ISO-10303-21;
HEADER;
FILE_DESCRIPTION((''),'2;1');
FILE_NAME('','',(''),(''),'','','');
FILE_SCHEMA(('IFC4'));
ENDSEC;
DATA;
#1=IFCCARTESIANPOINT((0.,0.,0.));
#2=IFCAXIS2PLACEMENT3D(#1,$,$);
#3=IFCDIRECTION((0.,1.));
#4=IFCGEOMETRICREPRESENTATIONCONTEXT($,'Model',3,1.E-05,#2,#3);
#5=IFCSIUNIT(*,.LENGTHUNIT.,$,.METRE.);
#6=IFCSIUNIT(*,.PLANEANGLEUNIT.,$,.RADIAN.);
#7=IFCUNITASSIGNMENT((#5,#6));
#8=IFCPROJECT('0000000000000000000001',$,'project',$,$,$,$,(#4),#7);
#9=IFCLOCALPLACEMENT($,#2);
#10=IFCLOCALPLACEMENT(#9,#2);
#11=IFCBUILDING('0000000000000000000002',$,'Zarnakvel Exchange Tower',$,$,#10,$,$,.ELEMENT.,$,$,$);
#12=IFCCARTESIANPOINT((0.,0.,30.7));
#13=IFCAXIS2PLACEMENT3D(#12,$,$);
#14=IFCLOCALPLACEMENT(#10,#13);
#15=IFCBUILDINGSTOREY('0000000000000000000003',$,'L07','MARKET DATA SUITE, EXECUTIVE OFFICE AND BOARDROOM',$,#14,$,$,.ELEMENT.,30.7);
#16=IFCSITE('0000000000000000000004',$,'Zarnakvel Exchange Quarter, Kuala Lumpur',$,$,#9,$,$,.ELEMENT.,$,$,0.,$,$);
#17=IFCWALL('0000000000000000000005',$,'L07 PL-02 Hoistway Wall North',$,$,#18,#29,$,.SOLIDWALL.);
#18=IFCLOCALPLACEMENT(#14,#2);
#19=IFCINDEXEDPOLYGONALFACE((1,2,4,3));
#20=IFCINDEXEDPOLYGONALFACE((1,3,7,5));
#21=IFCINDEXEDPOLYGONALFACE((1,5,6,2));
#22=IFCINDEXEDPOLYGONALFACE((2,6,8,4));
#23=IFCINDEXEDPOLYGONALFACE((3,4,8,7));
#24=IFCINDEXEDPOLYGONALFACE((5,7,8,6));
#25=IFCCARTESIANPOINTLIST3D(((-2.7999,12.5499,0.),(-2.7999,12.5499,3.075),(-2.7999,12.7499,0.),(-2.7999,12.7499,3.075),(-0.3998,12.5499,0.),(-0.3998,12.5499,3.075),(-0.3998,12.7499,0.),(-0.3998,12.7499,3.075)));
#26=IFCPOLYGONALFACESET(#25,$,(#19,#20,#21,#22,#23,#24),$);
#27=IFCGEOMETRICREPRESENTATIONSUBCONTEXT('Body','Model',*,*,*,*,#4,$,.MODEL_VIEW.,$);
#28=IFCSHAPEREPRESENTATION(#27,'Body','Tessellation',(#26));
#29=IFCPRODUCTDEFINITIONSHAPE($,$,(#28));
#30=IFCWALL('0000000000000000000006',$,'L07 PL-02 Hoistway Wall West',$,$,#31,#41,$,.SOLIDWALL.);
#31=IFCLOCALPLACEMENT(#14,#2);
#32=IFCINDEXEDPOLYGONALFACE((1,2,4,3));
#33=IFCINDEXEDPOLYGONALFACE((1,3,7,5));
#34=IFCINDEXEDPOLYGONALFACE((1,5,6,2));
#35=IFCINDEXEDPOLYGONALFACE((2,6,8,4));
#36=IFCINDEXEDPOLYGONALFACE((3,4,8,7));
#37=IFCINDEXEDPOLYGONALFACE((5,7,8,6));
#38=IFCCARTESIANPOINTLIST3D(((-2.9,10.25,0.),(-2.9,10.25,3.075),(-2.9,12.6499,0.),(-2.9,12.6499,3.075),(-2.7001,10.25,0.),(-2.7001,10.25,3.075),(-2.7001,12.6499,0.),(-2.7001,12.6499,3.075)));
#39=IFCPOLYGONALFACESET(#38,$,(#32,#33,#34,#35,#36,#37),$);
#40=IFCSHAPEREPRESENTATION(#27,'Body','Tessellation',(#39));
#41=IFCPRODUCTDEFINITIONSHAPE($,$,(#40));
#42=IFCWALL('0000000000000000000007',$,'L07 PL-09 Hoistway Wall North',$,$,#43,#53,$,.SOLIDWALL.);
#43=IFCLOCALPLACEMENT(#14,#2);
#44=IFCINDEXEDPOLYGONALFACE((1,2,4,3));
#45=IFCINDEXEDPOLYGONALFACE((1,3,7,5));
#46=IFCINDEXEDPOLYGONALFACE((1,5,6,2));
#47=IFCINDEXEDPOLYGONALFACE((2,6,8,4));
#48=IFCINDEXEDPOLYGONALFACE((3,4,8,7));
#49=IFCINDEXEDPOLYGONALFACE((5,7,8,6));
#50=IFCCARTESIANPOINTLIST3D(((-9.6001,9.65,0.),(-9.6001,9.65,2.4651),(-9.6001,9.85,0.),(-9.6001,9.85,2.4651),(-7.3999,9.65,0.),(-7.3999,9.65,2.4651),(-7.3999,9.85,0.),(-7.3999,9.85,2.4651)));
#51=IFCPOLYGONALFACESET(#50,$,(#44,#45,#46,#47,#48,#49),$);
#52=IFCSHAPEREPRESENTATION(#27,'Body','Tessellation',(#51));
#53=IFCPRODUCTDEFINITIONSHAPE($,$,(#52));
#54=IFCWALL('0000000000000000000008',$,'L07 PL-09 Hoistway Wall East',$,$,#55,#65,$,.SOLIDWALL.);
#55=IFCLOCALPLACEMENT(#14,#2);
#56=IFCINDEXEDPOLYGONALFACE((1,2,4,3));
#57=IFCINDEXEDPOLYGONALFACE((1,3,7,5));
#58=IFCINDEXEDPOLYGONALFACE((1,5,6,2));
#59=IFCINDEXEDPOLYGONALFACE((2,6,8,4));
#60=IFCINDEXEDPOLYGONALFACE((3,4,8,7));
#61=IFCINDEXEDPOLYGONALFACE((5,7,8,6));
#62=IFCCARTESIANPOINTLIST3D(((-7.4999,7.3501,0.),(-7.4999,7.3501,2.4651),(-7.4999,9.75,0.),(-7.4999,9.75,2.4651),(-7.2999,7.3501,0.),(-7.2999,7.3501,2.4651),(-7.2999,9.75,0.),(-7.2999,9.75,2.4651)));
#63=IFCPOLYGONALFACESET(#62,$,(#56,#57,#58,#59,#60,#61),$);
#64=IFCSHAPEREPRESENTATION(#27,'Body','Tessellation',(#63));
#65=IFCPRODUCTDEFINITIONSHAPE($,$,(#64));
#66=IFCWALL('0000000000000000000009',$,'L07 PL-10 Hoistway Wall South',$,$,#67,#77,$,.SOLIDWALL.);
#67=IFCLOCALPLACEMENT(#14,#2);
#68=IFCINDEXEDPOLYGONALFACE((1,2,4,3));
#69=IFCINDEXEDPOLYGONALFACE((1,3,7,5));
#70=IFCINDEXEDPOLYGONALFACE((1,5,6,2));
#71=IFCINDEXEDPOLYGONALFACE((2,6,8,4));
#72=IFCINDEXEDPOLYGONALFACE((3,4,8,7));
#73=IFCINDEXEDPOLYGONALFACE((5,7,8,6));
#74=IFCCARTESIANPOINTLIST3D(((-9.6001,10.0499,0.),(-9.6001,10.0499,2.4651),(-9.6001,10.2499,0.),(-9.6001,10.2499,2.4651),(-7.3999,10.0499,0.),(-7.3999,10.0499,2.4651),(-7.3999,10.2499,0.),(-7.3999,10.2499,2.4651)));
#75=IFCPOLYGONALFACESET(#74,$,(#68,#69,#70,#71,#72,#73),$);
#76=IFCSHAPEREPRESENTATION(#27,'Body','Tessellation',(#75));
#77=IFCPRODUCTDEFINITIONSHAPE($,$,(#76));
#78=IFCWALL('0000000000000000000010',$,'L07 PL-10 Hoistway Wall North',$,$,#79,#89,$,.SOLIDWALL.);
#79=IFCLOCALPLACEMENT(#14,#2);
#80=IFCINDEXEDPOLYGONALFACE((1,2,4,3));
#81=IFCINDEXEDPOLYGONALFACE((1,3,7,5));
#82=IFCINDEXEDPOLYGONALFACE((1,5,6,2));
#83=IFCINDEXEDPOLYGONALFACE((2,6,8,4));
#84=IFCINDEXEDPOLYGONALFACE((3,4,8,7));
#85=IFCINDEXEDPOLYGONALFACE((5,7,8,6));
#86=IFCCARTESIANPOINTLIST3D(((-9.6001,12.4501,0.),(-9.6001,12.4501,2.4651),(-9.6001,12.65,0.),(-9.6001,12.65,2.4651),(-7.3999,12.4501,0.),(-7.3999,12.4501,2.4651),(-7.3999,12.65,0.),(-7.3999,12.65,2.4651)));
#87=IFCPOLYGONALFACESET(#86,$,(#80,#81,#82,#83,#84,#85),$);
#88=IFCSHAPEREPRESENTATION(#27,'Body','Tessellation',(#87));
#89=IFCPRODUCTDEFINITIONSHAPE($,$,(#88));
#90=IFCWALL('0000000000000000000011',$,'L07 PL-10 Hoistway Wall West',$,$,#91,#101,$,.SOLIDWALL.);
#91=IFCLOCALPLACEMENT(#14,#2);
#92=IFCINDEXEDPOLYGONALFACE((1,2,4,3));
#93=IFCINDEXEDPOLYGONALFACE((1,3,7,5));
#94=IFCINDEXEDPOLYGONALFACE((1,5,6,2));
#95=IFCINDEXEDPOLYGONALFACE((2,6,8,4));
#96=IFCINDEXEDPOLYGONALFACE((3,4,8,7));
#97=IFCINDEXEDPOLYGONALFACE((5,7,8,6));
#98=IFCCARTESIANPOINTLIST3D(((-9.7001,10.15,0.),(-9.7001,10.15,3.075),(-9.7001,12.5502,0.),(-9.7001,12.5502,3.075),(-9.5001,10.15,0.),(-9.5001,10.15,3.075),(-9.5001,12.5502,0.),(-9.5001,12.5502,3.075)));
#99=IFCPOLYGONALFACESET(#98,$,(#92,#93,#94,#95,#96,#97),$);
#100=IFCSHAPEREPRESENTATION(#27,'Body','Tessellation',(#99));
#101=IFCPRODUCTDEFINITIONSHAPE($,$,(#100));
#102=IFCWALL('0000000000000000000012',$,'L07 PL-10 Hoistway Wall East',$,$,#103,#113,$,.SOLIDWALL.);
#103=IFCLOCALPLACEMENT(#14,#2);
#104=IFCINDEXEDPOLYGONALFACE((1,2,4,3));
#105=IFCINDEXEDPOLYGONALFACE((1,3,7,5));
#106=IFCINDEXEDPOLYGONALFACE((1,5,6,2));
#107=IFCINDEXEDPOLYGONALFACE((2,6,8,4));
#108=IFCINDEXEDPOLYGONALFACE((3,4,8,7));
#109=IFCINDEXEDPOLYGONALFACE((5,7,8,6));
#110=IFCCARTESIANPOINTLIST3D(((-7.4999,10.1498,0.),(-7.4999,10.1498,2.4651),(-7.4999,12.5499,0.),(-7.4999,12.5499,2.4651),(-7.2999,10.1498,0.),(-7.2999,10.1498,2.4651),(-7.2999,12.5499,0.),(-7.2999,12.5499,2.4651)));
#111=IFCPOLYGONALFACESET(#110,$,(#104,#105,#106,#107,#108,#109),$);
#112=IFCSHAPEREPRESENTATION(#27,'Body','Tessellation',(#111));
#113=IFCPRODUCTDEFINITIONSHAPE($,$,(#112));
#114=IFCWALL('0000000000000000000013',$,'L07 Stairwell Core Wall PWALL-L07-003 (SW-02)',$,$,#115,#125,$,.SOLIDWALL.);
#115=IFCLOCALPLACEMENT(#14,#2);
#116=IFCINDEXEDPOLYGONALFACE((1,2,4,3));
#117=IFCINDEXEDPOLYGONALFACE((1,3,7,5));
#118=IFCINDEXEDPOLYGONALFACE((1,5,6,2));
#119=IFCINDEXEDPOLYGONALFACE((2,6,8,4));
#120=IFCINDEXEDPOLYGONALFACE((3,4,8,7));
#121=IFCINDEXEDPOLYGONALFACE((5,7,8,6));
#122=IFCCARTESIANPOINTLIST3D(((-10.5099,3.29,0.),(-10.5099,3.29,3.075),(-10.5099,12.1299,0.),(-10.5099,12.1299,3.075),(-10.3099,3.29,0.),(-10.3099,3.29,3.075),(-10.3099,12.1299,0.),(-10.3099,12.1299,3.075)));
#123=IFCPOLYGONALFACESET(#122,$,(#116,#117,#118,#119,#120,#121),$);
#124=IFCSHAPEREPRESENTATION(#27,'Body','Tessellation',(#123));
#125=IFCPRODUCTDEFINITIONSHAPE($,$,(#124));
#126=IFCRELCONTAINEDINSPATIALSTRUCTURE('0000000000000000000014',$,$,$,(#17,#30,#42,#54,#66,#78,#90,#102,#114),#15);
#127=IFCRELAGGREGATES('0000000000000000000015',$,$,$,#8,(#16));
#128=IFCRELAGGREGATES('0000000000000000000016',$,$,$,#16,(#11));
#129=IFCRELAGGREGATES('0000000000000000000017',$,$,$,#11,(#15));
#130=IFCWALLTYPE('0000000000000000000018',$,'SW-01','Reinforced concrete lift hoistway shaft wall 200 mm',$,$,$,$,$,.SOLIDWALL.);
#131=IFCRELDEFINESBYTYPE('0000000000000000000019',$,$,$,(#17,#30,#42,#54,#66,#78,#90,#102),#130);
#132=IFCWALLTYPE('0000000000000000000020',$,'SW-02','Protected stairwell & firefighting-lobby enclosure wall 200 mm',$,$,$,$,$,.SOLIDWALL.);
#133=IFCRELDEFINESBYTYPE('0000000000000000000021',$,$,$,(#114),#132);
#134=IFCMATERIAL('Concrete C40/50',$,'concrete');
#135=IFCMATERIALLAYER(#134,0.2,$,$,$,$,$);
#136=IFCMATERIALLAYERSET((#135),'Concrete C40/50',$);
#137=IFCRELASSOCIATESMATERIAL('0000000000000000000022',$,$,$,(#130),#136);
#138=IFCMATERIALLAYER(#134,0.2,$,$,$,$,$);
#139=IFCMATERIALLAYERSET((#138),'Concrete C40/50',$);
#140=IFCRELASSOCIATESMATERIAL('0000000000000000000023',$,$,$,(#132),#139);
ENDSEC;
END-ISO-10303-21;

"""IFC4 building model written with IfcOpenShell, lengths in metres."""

from ifc_helpers import new_model, si_unit, direction, frame, frame_2d, origin, place, context, subcontext, project, spatial, rectangle, extrude, material, layer, layer_set, type_object, element, save


model = new_model("IFC4")

# Units and contexts
model_context = context("Model", 3, precision=1e-05, world=origin(), true_north=direction((0.0, 1.0)))
body_context = subcontext(model_context, "Body", "Model", "MODEL_VIEW")
ifc_project = project(units=[si_unit("LENGTHUNIT", "METRE"), si_unit("PLANEANGLEUNIT", "RADIAN")], contexts=[model_context])

# Site, building, storey
site_placement = place(None, origin())
site = spatial("IfcSite", under=ifc_project, at=site_placement, Name="Zarnakvel Exchange Quarter, Kuala Lumpur", CompositionType="ELEMENT", RefElevation=0.0)
building_placement = place(site_placement, origin())
building = spatial("IfcBuilding", under=site, at=building_placement, Name="Zarnakvel Exchange Tower", CompositionType="ELEMENT")
storey_placement = place(building_placement, frame((0.0, 0.0, 30.7)))
storey = spatial("IfcBuildingStorey", under=building, at=storey_placement, Name="L07", Description="MARKET DATA SUITE, EXECUTIVE OFFICE AND BOARDROOM", CompositionType="ELEMENT", Elevation=30.7)

# Shared definitions
ifc_material_1 = material(Name="Concrete C40/50", Category="concrete")
ifc_layer_1 = layer(ifc_material_1, 0.2)
ifc_layer_set_1 = layer_set([ifc_layer_1], Name="Concrete C40/50")
wall_type_1 = type_object("IfcWallType", Name="SW-01", Description="Reinforced concrete lift hoistway shaft wall 200 mm", PredefinedType="SOLIDWALL", material=ifc_layer_set_1)

# Walls
wall_1_placement = place(storey_placement, frame((-2.8, 12.6499, 0.0), z_axis=(0.0, 0.0, 1.0), x_axis=(1.0, 0.0, 0.0)))
element("IfcWall", 1, at=wall_1_placement, inside=storey, type_object=wall_type_1, Name="L07 PL-02 Hoistway Wall North", PredefinedType="SOLIDWALL", context=body_context, shape_type="SweptSolid", body=[
    extrude(rectangle(XDim=2.4001, YDim=0.2, at=frame_2d((1.2002, 0.0))), origin(), (0.0, 0.0, 1.0), 3.075),
])
wall_2_placement = place(storey_placement, frame((-2.8, 10.25, 0.0), z_axis=(0.0, 0.0, 1.0), x_axis=(0.0, 1.0, 0.0)))
element("IfcWall", 2, at=wall_2_placement, inside=storey, type_object=wall_type_1, Name="L07 PL-02 Hoistway Wall West", PredefinedType="SOLIDWALL", context=body_context, shape_type="SweptSolid", body=[
    extrude(rectangle(XDim=2.3999, YDim=0.2, at=frame_2d((1.2, 0.0))), origin(), (0.0, 0.0, 1.0), 3.075),
])
wall_3_placement = place(storey_placement, frame((-9.6001, 9.75, 0.0), z_axis=(0.0, 0.0, 1.0), x_axis=(1.0, 0.0, 0.0)))
element("IfcWall", 3, at=wall_3_placement, inside=storey, type_object=wall_type_1, Name="L07 PL-09 Hoistway Wall North", PredefinedType="SOLIDWALL", context=body_context, shape_type="SweptSolid", body=[
    extrude(rectangle(XDim=2.2002, YDim=0.2, at=frame_2d((1.1001, 0.0))), origin(), (0.0, 0.0, 1.0), 2.4651),
])
wall_4_placement = place(storey_placement, frame((-7.3999, 9.75, 0.0), z_axis=(0.0, 0.0, 1.0), x_axis=(0.0, -1.0, 0.0)))
element("IfcWall", 4, at=wall_4_placement, inside=storey, type_object=wall_type_1, Name="L07 PL-09 Hoistway Wall East", PredefinedType="SOLIDWALL", context=body_context, shape_type="SweptSolid", body=[
    extrude(rectangle(XDim=2.3999, YDim=0.2, at=frame_2d((1.2, 0.0))), origin(), (0.0, 0.0, 1.0), 2.4651),
])
for number, where, z_axis, x_axis, name in (
    (5, (-7.3999, 10.1499, 0.0), (0.0, 0.0, 1.0), (-1.0, 0.0, 0.0), "L07 PL-10 Hoistway Wall South"),
    (6, (-9.6001, 12.55, 0.0), (0.0, 0.0, 1.0), (1.0, 0.0, 0.0), "L07 PL-10 Hoistway Wall North"),
):
    element("IfcWall", number, at=place(storey_placement, frame(where, z_axis=z_axis, x_axis=x_axis)), inside=storey, type_object=wall_type_1, Name=name, PredefinedType="SOLIDWALL", context=body_context, shape_type="SweptSolid", body=[
        extrude(rectangle(XDim=2.2002, YDim=0.2, at=frame_2d((1.1001, 0.0))), origin(), (0.0, 0.0, 1.0), 2.4651),
    ])
wall_5_placement = place(storey_placement, frame((-9.6001, 10.1499, 0.0), z_axis=(0.0, 0.0, 1.0), x_axis=(0.0, 1.0, 0.0)))
element("IfcWall", 7, at=wall_5_placement, inside=storey, type_object=wall_type_1, Name="L07 PL-10 Hoistway Wall West", PredefinedType="SOLIDWALL", context=body_context, shape_type="SweptSolid", body=[
    extrude(rectangle(XDim=2.4001, YDim=0.2, at=frame_2d((1.2002, 0.0))), origin(), (0.0, 0.0, 1.0), 3.075),
])
wall_6_placement = place(storey_placement, frame((-7.3999, 12.55, 0.0), z_axis=(0.0, 0.0, 1.0), x_axis=(0.0, -1.0, 0.0)))
element("IfcWall", 8, at=wall_6_placement, inside=storey, type_object=wall_type_1, Name="L07 PL-10 Hoistway Wall East", PredefinedType="SOLIDWALL", context=body_context, shape_type="SweptSolid", body=[
    extrude(rectangle(XDim=2.4001, YDim=0.2, at=frame_2d((1.2002, 0.0))), origin(), (0.0, 0.0, 1.0), 2.4651),
])
ifc_layer_2 = layer(ifc_material_1, 0.2)
ifc_layer_set_2 = layer_set([ifc_layer_2], Name="Concrete C40/50")
wall_type_2 = type_object("IfcWallType", Name="SW-02", Description="Protected stairwell & firefighting-lobby enclosure wall 200 mm", PredefinedType="SOLIDWALL", material=ifc_layer_set_2)
wall_7_placement = place(storey_placement, frame((-10.4099, 12.1299, 0.0), z_axis=(0.0, 0.0, 1.0), x_axis=(0.0, -1.0, 0.0)))
element("IfcWall", 9, at=wall_7_placement, inside=storey, type_object=wall_type_2, Name="L07 Stairwell Core Wall PWALL-L07-003 (SW-02)", PredefinedType="SOLIDWALL", context=body_context, shape_type="SweptSolid", body=[
    extrude(rectangle(XDim=8.8398, YDim=0.2, at=frame_2d((4.4199, 0.0))), origin(), (0.0, 0.0, 1.0), 3.075),
])

save(model, "model.ifc")
